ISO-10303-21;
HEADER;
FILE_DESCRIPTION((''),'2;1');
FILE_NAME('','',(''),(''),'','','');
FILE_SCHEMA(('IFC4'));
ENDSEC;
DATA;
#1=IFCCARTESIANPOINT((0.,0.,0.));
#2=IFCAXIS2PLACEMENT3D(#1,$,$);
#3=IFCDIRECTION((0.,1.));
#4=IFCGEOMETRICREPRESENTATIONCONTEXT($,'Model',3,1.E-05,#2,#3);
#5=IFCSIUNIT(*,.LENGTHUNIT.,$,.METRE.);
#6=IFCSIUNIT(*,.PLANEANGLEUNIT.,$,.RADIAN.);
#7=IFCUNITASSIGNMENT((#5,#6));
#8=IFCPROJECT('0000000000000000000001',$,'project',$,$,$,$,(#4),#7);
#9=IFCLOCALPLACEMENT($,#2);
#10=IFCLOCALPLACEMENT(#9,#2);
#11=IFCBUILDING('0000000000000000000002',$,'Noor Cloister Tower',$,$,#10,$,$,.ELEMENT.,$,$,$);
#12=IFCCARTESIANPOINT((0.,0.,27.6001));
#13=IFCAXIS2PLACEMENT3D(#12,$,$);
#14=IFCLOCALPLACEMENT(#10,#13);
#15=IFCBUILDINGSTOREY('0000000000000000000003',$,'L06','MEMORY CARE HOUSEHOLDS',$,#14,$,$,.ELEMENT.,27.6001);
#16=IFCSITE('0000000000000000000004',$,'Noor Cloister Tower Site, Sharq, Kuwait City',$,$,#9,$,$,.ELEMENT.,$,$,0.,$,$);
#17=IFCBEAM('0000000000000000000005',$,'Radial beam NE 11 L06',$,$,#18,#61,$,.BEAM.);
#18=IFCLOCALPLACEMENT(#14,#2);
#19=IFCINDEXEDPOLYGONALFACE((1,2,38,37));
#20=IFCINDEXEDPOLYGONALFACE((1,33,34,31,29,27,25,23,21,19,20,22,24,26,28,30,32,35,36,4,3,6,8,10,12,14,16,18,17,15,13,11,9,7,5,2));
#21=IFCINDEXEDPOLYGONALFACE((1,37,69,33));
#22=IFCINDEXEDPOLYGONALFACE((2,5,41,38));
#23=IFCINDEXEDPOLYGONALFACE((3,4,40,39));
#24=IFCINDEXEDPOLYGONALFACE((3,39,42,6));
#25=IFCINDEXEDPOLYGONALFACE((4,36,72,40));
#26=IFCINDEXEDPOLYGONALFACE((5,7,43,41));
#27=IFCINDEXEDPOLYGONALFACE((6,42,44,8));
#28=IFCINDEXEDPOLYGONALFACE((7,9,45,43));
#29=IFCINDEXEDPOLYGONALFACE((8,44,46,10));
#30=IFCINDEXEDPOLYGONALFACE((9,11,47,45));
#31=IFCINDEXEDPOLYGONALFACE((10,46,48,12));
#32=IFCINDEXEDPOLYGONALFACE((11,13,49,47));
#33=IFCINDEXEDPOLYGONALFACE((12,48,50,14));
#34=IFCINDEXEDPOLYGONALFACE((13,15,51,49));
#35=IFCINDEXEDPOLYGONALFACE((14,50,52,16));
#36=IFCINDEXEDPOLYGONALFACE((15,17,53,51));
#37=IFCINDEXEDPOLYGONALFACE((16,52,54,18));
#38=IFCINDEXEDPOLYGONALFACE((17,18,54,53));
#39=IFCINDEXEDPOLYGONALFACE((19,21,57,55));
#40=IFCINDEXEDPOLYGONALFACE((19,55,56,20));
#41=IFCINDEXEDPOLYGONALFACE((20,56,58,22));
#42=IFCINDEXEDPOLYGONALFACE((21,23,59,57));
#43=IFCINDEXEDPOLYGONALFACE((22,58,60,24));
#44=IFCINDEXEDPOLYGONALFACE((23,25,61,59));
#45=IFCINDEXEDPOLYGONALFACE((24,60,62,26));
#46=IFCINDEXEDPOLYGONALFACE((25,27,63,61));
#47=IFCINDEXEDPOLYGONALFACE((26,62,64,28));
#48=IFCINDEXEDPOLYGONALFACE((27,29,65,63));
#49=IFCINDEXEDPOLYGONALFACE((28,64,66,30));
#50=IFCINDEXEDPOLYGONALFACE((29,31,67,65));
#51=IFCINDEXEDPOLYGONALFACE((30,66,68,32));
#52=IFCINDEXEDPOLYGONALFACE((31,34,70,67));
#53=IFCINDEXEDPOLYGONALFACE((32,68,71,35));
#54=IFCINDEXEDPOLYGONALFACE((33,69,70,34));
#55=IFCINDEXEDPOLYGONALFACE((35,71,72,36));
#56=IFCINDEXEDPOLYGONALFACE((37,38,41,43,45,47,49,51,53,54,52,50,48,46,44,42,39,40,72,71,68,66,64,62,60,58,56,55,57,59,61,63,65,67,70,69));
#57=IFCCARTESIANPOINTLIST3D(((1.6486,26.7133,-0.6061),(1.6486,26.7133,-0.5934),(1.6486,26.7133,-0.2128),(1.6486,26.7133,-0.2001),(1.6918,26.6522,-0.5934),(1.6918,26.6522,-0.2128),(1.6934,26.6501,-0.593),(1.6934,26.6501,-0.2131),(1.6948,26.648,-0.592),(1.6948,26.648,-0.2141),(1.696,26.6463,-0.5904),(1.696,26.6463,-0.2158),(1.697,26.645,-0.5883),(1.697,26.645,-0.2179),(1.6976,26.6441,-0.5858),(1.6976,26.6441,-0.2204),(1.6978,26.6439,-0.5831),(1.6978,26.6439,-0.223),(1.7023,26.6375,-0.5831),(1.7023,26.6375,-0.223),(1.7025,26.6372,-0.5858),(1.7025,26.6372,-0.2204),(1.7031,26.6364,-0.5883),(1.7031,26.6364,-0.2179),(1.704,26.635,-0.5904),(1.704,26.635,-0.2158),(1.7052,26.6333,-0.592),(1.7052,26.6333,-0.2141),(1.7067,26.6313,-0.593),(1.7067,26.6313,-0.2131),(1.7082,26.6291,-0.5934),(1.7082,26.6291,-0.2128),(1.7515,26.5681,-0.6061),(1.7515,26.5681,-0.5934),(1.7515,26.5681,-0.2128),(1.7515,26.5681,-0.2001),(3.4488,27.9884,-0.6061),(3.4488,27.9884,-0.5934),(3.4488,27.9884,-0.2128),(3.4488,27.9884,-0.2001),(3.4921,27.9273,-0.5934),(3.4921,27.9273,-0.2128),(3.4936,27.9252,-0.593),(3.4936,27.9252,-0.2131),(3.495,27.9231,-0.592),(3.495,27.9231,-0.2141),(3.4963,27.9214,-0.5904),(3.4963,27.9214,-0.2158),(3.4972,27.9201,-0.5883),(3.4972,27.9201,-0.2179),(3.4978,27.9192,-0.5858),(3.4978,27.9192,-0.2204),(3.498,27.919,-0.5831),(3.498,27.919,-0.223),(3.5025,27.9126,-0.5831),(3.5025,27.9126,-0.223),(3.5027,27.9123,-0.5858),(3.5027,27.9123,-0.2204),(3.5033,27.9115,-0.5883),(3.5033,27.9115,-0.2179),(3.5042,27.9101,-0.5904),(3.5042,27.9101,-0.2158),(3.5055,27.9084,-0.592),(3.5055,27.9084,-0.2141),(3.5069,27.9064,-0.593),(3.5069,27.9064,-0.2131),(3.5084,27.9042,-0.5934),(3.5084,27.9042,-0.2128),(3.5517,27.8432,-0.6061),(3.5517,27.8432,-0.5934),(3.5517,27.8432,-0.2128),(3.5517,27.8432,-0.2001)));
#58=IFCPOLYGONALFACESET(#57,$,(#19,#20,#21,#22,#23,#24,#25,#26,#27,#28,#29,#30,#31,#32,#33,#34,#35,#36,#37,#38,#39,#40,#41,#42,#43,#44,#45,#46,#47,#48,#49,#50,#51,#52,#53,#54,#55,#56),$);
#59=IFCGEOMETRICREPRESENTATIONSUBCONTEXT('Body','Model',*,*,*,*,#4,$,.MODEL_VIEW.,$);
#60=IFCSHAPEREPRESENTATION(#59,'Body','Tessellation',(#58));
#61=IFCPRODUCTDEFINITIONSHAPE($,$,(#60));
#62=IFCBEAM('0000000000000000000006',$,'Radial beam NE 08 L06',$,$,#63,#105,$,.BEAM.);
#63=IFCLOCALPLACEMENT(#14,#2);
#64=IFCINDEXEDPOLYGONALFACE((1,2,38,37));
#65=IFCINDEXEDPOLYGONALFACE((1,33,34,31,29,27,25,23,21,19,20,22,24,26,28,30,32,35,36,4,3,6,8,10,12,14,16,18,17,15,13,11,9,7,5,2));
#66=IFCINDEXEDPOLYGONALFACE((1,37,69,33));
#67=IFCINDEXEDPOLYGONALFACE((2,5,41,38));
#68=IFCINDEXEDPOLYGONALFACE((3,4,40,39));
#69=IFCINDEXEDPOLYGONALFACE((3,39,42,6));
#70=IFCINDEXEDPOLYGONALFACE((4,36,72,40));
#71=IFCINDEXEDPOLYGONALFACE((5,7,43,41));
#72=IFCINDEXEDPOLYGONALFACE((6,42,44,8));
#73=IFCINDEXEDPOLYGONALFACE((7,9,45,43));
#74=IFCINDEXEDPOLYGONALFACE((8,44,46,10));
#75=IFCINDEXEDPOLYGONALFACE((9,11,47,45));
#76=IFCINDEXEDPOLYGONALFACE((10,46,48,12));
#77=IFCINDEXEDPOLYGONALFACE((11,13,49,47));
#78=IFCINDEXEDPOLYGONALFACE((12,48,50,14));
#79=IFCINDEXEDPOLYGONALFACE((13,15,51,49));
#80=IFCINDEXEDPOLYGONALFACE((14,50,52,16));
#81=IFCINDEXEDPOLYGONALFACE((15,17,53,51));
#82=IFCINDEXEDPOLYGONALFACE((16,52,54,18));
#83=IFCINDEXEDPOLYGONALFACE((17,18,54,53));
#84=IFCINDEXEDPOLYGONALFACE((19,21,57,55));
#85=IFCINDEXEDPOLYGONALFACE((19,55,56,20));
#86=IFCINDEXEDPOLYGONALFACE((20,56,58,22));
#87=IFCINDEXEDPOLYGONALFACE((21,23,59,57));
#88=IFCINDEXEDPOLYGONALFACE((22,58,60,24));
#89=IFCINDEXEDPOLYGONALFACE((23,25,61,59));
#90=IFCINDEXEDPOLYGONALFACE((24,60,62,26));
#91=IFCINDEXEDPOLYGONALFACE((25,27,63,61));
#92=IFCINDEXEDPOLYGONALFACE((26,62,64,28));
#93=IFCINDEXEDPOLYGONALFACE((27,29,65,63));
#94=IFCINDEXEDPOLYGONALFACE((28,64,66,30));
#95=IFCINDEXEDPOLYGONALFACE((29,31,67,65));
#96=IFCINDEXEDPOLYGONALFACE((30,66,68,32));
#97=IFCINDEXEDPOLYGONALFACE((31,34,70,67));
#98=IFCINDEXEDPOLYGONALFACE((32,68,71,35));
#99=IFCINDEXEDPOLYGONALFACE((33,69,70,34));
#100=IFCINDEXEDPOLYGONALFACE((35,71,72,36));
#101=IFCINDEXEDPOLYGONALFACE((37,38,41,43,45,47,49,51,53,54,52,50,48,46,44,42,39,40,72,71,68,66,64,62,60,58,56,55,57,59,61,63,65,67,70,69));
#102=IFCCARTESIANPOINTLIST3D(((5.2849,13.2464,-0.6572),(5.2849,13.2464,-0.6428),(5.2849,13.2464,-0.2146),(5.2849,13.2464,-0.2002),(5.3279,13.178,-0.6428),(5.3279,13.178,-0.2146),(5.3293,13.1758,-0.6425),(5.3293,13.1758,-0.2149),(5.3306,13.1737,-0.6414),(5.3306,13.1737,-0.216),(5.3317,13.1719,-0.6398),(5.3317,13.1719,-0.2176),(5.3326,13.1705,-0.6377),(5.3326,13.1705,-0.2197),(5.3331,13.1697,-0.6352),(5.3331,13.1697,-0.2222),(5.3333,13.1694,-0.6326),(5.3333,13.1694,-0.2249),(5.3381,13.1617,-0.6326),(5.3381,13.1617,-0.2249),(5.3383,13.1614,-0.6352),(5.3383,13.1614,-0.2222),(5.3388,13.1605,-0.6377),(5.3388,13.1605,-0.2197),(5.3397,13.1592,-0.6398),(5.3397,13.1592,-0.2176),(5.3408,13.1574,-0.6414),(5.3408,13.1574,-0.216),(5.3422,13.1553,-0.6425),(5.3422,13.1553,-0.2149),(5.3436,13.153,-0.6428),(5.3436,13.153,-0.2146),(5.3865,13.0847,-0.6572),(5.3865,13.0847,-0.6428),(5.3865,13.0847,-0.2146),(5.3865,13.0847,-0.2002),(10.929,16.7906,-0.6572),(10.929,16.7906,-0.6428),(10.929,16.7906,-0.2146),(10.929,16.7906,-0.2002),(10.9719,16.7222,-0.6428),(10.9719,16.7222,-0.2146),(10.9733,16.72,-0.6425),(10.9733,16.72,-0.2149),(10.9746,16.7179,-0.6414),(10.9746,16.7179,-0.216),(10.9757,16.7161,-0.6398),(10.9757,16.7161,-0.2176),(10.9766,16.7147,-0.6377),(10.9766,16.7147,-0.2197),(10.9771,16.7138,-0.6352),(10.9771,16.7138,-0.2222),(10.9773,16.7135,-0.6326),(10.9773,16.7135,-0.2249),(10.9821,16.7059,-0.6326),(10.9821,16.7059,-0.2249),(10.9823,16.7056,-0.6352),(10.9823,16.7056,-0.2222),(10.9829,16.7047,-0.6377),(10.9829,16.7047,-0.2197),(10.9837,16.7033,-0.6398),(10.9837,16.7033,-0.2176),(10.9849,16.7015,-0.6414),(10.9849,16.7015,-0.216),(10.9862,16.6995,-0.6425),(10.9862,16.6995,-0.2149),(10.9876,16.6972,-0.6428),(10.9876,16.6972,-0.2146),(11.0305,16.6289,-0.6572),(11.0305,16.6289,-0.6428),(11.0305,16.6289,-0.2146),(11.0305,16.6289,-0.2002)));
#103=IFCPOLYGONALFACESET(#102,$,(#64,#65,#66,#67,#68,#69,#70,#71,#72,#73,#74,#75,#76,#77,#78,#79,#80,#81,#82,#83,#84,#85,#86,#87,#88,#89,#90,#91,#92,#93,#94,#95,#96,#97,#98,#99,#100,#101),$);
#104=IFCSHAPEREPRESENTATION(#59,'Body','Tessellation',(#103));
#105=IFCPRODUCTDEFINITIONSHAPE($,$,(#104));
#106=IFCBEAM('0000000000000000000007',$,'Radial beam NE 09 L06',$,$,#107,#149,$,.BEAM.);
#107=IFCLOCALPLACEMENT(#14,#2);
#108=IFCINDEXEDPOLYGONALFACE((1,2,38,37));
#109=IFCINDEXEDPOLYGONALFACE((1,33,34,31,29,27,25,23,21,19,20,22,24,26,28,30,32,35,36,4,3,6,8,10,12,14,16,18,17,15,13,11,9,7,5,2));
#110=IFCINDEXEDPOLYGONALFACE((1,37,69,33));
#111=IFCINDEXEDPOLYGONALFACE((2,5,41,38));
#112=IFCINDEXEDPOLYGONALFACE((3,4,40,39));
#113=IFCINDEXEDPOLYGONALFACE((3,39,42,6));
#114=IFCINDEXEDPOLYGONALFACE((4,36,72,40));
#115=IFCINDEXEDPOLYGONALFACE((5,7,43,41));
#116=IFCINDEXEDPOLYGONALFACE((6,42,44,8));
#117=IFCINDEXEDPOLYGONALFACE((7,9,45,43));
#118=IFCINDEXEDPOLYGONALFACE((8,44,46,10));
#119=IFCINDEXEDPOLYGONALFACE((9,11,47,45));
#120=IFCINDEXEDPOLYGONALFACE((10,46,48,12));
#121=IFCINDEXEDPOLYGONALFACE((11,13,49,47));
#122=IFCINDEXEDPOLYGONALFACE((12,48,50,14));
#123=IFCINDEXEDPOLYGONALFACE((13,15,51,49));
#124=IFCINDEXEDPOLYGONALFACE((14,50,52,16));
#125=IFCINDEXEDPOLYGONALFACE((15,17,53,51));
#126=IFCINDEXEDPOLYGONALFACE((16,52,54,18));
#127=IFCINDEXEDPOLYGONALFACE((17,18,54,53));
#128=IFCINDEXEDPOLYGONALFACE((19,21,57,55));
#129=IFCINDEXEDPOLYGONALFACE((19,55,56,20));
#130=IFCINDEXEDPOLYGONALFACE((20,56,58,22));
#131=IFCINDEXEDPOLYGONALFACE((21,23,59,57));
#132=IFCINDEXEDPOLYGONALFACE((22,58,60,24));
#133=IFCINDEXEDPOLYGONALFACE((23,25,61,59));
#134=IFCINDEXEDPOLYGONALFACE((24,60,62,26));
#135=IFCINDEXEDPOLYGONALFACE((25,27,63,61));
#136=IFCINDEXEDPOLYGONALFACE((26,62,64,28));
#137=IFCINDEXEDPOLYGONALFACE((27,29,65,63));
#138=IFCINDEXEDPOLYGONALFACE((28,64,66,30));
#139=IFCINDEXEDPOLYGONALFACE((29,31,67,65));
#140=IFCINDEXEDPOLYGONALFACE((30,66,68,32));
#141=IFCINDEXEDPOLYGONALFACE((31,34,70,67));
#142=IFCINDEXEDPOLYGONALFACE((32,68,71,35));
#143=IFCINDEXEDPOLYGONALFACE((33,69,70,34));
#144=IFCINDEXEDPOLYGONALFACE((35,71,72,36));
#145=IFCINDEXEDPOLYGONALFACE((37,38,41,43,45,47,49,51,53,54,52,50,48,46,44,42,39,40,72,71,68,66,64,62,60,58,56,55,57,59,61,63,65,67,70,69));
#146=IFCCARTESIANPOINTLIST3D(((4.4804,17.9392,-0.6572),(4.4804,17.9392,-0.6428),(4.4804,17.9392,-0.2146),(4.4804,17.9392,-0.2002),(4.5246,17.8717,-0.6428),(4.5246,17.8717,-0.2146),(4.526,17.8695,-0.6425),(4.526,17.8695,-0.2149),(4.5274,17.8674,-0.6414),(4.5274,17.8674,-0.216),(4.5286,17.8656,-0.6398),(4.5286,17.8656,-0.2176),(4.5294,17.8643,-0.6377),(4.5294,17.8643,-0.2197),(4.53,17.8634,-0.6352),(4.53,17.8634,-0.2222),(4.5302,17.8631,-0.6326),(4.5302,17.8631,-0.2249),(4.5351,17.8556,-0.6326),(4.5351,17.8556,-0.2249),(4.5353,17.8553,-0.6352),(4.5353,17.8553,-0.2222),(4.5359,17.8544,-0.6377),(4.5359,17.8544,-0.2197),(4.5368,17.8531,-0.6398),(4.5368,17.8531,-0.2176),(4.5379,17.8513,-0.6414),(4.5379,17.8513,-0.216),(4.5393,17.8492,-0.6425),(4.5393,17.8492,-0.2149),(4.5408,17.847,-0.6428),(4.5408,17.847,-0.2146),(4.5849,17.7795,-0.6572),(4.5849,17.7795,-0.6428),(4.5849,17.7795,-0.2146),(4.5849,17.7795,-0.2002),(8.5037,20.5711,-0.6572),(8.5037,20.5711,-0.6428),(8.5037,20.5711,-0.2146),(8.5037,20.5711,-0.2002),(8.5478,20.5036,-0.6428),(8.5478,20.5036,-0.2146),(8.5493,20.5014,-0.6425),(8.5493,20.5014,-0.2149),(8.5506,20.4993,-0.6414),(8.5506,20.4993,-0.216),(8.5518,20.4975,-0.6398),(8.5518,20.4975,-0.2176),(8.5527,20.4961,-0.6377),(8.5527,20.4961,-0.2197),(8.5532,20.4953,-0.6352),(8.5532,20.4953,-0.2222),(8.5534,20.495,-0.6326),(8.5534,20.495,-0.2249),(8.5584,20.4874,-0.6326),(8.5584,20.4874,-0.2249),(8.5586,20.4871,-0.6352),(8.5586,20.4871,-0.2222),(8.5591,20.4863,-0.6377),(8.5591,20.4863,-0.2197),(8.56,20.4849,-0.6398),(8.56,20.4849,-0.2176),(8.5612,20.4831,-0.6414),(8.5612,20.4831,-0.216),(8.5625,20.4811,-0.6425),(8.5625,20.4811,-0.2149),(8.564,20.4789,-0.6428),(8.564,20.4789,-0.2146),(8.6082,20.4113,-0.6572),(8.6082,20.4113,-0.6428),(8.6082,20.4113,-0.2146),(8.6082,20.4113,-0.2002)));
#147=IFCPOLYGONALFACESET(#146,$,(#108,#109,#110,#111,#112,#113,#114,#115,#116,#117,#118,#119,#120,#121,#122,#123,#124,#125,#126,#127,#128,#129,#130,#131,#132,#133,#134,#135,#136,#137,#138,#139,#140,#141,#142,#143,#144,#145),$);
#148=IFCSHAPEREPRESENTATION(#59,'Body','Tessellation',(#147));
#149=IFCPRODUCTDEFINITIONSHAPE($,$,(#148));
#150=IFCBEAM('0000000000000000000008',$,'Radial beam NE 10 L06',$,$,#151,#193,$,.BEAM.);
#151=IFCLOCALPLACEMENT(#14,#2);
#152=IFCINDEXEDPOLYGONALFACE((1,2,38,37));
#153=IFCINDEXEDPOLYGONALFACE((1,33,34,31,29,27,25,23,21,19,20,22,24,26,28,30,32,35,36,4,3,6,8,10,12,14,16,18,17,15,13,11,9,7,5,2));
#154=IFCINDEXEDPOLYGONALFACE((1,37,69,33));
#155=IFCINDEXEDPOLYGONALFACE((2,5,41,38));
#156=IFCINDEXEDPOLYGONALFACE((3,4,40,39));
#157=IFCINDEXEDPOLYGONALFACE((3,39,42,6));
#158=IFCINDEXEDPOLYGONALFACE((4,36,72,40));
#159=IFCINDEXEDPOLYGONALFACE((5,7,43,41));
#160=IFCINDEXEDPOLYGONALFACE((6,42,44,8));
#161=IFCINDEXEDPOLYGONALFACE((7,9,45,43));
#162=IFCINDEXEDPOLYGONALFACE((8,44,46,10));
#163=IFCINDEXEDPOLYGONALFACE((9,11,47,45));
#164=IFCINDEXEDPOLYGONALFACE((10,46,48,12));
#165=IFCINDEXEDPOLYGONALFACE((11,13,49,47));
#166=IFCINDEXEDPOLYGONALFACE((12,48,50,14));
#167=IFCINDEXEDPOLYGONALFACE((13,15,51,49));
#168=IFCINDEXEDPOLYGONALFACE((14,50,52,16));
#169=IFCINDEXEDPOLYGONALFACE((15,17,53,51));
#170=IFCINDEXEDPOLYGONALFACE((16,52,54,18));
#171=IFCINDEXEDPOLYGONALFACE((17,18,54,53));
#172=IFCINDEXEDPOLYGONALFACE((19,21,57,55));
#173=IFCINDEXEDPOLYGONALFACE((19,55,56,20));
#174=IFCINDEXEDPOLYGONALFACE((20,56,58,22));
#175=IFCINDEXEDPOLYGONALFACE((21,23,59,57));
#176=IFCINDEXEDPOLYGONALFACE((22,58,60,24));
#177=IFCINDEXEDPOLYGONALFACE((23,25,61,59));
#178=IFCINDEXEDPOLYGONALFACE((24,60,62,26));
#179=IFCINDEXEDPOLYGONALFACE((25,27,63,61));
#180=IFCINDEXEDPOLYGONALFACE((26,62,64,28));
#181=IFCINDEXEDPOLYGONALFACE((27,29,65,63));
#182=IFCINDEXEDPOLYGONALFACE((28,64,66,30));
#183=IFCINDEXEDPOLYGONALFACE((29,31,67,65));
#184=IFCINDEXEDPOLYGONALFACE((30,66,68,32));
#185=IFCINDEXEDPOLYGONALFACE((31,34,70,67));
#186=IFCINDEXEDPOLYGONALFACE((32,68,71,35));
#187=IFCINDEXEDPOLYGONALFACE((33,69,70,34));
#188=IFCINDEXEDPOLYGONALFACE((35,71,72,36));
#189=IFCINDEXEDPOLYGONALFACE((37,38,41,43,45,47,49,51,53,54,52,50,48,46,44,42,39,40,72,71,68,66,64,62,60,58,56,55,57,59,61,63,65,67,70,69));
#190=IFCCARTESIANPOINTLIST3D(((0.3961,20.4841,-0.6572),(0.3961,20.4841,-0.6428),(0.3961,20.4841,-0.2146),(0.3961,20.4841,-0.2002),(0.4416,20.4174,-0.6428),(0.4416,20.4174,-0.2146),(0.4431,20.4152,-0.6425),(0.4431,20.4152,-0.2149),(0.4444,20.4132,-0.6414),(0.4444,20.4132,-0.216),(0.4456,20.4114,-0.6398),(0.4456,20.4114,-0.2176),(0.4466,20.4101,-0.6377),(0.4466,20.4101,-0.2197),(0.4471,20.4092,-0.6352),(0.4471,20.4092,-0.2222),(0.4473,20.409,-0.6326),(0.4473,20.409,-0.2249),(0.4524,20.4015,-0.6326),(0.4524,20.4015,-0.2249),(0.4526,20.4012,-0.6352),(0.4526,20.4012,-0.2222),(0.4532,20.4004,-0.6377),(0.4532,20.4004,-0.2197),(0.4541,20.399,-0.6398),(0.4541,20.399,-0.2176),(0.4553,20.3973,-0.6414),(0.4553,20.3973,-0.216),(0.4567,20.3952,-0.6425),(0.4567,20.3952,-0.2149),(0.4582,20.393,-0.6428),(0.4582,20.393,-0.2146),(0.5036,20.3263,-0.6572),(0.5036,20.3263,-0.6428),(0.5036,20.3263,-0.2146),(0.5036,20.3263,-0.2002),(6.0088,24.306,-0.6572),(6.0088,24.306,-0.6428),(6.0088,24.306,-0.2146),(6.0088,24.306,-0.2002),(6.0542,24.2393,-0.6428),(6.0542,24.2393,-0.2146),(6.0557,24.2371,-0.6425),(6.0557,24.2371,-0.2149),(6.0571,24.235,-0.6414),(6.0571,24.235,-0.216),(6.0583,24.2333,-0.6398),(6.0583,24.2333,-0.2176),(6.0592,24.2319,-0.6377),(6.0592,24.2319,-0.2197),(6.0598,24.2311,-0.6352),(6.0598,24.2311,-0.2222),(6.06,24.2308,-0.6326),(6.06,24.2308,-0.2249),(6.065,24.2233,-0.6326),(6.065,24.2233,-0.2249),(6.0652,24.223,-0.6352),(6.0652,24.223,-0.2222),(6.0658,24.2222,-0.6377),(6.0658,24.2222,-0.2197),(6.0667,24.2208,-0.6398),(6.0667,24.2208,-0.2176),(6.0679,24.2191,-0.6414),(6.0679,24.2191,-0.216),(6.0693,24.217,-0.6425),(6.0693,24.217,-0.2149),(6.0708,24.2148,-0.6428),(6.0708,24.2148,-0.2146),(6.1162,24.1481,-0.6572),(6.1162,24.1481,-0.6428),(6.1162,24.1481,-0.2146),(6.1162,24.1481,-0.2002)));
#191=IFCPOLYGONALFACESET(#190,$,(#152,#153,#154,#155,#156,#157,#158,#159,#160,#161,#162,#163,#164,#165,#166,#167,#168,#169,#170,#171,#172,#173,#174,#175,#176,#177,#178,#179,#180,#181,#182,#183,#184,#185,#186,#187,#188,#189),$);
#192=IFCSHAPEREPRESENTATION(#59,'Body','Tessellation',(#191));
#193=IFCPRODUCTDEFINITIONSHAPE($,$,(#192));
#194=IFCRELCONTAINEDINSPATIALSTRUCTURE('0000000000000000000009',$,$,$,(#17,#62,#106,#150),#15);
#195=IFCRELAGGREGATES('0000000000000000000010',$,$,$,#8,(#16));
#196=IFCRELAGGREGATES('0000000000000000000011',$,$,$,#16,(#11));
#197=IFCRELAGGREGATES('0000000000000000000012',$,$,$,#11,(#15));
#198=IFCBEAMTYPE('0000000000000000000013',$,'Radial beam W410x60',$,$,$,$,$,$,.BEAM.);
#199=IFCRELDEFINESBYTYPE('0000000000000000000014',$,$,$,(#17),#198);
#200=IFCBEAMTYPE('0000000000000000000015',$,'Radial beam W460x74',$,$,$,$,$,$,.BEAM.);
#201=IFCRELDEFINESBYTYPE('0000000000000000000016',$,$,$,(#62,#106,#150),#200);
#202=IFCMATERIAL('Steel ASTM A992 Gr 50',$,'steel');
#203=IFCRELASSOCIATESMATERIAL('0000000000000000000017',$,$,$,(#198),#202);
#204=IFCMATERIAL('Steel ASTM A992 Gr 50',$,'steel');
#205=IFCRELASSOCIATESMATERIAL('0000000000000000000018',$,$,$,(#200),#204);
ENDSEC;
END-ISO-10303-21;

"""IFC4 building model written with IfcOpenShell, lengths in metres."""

from ifc_helpers import new_model, si_unit, direction, frame, origin, origin_2d, place, context, subcontext, project, spatial, i_section, extrude, material, material_profile, profile_set, type_object, element, save


model = new_model("IFC4")

# Units and contexts
model_context = context("Model", 3, precision=1e-05, world=origin(), true_north=direction((0.0, 1.0)))
body_context = subcontext(model_context, "Body", "Model", "MODEL_VIEW")
ifc_project = project(units=[si_unit("LENGTHUNIT", "METRE"), si_unit("PLANEANGLEUNIT", "RADIAN")], contexts=[model_context])

# Site, building, storey
site_placement = place(None, origin())
site = spatial("IfcSite", under=ifc_project, at=site_placement, Name="Noor Cloister Tower Site, Sharq, Kuwait City", CompositionType="ELEMENT", RefElevation=0.0)
building_placement = place(site_placement, origin())
building = spatial("IfcBuilding", under=site, at=building_placement, Name="Noor Cloister Tower", CompositionType="ELEMENT")
storey_placement = place(building_placement, frame((0.0, 0.0, 27.6001)))
storey = spatial("IfcBuildingStorey", under=building, at=storey_placement, Name="L06", Description="MEMORY CARE HOUSEHOLDS", CompositionType="ELEMENT", Elevation=27.6001)

# Beams
ifc_material_1 = material(Name="Steel ASTM A992 Gr 50", Category="steel")
ifc_material_profile_1 = material_profile(ifc_material_1, i_section(OverallWidth=0.178, OverallDepth=0.406, WebThickness=0.0078, FlangeThickness=0.0127, FilletRadius=0.0103, at=origin_2d()), Name="W410x60")
ifc_profile_set_1 = profile_set([ifc_material_profile_1], Name="Steel ASTM A992 Gr 50")
beam_type_1 = type_object("IfcBeamType", Name="Radial beam W410x60", PredefinedType="BEAM", material=ifc_profile_set_1)
beam_1_placement = place(storey_placement, frame((3.5002, 27.9158, -0.4031), z_axis=(-0.816038, -0.577999, 0.0), x_axis=(0.577999, -0.816038, 0.0)))
element("IfcBeam", 1, at=beam_1_placement, inside=storey, type_object=beam_type_1, Name="Radial beam NE 11 L06", PredefinedType="BEAM", context=body_context, shape_type="SweptSolid", body=[
    extrude(i_section(OverallWidth=0.178, OverallDepth=0.406, WebThickness=0.0078, FlangeThickness=0.0127, FilletRadius=0.0103, at=origin_2d()), origin(), (0.0, 0.0, 1.0), 2.2061),
])
ifc_material_2 = material(Name="Steel ASTM A992 Gr 50", Category="steel")
ifc_material_profile_2 = material_profile(ifc_material_2, i_section(OverallWidth=0.1909, OverallDepth=0.457, WebThickness=0.009, FlangeThickness=0.0144, FilletRadius=0.0103, at=origin_2d()), Name="W460x74")
ifc_profile_set_2 = profile_set([ifc_material_profile_2], Name="Steel ASTM A992 Gr 50")
beam_type_2 = type_object("IfcBeamType", Name="Radial beam W460x74", PredefinedType="BEAM", material=ifc_profile_set_2)
beam_2_placement = place(storey_placement, frame((10.9797, 16.7097, -0.4287), z_axis=(-0.846873, -0.531796, 0.0), x_axis=(0.531796, -0.846873, 0.0)))
element("IfcBeam", 2, at=beam_2_placement, inside=storey, type_object=beam_type_2, Name="Radial beam NE 08 L06", PredefinedType="BEAM", context=body_context, shape_type="SweptSolid", body=[
    extrude(i_section(OverallWidth=0.1909, OverallDepth=0.457, WebThickness=0.009, FlangeThickness=0.0144, FilletRadius=0.0103, at=origin_2d()), origin(), (0.0, 0.0, 1.0), 6.6646),
])
beam_3_placement = place(storey_placement, frame((8.5559, 20.4912, -0.4287), z_axis=(-0.836847, -0.547437, 0.0), x_axis=(0.547437, -0.836847, 0.0)))
element("IfcBeam", 3, at=beam_3_placement, inside=storey, type_object=beam_type_2, Name="Radial beam NE 09 L06", PredefinedType="BEAM", context=body_context, shape_type="SweptSolid", body=[
    extrude(i_section(OverallWidth=0.1909, OverallDepth=0.457, WebThickness=0.009, FlangeThickness=0.0144, FilletRadius=0.0103, at=origin_2d()), origin(), (0.0, 0.0, 1.0), 4.8076),
])
beam_4_placement = place(storey_placement, frame((6.0625, 24.2271, -0.4287), z_axis=(-0.826567, -0.562838, 0.0), x_axis=(0.562838, -0.826567, 0.0)))
element("IfcBeam", 4, at=beam_4_placement, inside=storey, type_object=beam_type_2, Name="Radial beam NE 10 L06", PredefinedType="BEAM", context=body_context, shape_type="SweptSolid", body=[
    extrude(i_section(OverallWidth=0.1909, OverallDepth=0.457, WebThickness=0.009, FlangeThickness=0.0144, FilletRadius=0.0103, at=origin_2d()), origin(), (0.0, 0.0, 1.0), 6.7903),
])

save(model, "model.ifc")
